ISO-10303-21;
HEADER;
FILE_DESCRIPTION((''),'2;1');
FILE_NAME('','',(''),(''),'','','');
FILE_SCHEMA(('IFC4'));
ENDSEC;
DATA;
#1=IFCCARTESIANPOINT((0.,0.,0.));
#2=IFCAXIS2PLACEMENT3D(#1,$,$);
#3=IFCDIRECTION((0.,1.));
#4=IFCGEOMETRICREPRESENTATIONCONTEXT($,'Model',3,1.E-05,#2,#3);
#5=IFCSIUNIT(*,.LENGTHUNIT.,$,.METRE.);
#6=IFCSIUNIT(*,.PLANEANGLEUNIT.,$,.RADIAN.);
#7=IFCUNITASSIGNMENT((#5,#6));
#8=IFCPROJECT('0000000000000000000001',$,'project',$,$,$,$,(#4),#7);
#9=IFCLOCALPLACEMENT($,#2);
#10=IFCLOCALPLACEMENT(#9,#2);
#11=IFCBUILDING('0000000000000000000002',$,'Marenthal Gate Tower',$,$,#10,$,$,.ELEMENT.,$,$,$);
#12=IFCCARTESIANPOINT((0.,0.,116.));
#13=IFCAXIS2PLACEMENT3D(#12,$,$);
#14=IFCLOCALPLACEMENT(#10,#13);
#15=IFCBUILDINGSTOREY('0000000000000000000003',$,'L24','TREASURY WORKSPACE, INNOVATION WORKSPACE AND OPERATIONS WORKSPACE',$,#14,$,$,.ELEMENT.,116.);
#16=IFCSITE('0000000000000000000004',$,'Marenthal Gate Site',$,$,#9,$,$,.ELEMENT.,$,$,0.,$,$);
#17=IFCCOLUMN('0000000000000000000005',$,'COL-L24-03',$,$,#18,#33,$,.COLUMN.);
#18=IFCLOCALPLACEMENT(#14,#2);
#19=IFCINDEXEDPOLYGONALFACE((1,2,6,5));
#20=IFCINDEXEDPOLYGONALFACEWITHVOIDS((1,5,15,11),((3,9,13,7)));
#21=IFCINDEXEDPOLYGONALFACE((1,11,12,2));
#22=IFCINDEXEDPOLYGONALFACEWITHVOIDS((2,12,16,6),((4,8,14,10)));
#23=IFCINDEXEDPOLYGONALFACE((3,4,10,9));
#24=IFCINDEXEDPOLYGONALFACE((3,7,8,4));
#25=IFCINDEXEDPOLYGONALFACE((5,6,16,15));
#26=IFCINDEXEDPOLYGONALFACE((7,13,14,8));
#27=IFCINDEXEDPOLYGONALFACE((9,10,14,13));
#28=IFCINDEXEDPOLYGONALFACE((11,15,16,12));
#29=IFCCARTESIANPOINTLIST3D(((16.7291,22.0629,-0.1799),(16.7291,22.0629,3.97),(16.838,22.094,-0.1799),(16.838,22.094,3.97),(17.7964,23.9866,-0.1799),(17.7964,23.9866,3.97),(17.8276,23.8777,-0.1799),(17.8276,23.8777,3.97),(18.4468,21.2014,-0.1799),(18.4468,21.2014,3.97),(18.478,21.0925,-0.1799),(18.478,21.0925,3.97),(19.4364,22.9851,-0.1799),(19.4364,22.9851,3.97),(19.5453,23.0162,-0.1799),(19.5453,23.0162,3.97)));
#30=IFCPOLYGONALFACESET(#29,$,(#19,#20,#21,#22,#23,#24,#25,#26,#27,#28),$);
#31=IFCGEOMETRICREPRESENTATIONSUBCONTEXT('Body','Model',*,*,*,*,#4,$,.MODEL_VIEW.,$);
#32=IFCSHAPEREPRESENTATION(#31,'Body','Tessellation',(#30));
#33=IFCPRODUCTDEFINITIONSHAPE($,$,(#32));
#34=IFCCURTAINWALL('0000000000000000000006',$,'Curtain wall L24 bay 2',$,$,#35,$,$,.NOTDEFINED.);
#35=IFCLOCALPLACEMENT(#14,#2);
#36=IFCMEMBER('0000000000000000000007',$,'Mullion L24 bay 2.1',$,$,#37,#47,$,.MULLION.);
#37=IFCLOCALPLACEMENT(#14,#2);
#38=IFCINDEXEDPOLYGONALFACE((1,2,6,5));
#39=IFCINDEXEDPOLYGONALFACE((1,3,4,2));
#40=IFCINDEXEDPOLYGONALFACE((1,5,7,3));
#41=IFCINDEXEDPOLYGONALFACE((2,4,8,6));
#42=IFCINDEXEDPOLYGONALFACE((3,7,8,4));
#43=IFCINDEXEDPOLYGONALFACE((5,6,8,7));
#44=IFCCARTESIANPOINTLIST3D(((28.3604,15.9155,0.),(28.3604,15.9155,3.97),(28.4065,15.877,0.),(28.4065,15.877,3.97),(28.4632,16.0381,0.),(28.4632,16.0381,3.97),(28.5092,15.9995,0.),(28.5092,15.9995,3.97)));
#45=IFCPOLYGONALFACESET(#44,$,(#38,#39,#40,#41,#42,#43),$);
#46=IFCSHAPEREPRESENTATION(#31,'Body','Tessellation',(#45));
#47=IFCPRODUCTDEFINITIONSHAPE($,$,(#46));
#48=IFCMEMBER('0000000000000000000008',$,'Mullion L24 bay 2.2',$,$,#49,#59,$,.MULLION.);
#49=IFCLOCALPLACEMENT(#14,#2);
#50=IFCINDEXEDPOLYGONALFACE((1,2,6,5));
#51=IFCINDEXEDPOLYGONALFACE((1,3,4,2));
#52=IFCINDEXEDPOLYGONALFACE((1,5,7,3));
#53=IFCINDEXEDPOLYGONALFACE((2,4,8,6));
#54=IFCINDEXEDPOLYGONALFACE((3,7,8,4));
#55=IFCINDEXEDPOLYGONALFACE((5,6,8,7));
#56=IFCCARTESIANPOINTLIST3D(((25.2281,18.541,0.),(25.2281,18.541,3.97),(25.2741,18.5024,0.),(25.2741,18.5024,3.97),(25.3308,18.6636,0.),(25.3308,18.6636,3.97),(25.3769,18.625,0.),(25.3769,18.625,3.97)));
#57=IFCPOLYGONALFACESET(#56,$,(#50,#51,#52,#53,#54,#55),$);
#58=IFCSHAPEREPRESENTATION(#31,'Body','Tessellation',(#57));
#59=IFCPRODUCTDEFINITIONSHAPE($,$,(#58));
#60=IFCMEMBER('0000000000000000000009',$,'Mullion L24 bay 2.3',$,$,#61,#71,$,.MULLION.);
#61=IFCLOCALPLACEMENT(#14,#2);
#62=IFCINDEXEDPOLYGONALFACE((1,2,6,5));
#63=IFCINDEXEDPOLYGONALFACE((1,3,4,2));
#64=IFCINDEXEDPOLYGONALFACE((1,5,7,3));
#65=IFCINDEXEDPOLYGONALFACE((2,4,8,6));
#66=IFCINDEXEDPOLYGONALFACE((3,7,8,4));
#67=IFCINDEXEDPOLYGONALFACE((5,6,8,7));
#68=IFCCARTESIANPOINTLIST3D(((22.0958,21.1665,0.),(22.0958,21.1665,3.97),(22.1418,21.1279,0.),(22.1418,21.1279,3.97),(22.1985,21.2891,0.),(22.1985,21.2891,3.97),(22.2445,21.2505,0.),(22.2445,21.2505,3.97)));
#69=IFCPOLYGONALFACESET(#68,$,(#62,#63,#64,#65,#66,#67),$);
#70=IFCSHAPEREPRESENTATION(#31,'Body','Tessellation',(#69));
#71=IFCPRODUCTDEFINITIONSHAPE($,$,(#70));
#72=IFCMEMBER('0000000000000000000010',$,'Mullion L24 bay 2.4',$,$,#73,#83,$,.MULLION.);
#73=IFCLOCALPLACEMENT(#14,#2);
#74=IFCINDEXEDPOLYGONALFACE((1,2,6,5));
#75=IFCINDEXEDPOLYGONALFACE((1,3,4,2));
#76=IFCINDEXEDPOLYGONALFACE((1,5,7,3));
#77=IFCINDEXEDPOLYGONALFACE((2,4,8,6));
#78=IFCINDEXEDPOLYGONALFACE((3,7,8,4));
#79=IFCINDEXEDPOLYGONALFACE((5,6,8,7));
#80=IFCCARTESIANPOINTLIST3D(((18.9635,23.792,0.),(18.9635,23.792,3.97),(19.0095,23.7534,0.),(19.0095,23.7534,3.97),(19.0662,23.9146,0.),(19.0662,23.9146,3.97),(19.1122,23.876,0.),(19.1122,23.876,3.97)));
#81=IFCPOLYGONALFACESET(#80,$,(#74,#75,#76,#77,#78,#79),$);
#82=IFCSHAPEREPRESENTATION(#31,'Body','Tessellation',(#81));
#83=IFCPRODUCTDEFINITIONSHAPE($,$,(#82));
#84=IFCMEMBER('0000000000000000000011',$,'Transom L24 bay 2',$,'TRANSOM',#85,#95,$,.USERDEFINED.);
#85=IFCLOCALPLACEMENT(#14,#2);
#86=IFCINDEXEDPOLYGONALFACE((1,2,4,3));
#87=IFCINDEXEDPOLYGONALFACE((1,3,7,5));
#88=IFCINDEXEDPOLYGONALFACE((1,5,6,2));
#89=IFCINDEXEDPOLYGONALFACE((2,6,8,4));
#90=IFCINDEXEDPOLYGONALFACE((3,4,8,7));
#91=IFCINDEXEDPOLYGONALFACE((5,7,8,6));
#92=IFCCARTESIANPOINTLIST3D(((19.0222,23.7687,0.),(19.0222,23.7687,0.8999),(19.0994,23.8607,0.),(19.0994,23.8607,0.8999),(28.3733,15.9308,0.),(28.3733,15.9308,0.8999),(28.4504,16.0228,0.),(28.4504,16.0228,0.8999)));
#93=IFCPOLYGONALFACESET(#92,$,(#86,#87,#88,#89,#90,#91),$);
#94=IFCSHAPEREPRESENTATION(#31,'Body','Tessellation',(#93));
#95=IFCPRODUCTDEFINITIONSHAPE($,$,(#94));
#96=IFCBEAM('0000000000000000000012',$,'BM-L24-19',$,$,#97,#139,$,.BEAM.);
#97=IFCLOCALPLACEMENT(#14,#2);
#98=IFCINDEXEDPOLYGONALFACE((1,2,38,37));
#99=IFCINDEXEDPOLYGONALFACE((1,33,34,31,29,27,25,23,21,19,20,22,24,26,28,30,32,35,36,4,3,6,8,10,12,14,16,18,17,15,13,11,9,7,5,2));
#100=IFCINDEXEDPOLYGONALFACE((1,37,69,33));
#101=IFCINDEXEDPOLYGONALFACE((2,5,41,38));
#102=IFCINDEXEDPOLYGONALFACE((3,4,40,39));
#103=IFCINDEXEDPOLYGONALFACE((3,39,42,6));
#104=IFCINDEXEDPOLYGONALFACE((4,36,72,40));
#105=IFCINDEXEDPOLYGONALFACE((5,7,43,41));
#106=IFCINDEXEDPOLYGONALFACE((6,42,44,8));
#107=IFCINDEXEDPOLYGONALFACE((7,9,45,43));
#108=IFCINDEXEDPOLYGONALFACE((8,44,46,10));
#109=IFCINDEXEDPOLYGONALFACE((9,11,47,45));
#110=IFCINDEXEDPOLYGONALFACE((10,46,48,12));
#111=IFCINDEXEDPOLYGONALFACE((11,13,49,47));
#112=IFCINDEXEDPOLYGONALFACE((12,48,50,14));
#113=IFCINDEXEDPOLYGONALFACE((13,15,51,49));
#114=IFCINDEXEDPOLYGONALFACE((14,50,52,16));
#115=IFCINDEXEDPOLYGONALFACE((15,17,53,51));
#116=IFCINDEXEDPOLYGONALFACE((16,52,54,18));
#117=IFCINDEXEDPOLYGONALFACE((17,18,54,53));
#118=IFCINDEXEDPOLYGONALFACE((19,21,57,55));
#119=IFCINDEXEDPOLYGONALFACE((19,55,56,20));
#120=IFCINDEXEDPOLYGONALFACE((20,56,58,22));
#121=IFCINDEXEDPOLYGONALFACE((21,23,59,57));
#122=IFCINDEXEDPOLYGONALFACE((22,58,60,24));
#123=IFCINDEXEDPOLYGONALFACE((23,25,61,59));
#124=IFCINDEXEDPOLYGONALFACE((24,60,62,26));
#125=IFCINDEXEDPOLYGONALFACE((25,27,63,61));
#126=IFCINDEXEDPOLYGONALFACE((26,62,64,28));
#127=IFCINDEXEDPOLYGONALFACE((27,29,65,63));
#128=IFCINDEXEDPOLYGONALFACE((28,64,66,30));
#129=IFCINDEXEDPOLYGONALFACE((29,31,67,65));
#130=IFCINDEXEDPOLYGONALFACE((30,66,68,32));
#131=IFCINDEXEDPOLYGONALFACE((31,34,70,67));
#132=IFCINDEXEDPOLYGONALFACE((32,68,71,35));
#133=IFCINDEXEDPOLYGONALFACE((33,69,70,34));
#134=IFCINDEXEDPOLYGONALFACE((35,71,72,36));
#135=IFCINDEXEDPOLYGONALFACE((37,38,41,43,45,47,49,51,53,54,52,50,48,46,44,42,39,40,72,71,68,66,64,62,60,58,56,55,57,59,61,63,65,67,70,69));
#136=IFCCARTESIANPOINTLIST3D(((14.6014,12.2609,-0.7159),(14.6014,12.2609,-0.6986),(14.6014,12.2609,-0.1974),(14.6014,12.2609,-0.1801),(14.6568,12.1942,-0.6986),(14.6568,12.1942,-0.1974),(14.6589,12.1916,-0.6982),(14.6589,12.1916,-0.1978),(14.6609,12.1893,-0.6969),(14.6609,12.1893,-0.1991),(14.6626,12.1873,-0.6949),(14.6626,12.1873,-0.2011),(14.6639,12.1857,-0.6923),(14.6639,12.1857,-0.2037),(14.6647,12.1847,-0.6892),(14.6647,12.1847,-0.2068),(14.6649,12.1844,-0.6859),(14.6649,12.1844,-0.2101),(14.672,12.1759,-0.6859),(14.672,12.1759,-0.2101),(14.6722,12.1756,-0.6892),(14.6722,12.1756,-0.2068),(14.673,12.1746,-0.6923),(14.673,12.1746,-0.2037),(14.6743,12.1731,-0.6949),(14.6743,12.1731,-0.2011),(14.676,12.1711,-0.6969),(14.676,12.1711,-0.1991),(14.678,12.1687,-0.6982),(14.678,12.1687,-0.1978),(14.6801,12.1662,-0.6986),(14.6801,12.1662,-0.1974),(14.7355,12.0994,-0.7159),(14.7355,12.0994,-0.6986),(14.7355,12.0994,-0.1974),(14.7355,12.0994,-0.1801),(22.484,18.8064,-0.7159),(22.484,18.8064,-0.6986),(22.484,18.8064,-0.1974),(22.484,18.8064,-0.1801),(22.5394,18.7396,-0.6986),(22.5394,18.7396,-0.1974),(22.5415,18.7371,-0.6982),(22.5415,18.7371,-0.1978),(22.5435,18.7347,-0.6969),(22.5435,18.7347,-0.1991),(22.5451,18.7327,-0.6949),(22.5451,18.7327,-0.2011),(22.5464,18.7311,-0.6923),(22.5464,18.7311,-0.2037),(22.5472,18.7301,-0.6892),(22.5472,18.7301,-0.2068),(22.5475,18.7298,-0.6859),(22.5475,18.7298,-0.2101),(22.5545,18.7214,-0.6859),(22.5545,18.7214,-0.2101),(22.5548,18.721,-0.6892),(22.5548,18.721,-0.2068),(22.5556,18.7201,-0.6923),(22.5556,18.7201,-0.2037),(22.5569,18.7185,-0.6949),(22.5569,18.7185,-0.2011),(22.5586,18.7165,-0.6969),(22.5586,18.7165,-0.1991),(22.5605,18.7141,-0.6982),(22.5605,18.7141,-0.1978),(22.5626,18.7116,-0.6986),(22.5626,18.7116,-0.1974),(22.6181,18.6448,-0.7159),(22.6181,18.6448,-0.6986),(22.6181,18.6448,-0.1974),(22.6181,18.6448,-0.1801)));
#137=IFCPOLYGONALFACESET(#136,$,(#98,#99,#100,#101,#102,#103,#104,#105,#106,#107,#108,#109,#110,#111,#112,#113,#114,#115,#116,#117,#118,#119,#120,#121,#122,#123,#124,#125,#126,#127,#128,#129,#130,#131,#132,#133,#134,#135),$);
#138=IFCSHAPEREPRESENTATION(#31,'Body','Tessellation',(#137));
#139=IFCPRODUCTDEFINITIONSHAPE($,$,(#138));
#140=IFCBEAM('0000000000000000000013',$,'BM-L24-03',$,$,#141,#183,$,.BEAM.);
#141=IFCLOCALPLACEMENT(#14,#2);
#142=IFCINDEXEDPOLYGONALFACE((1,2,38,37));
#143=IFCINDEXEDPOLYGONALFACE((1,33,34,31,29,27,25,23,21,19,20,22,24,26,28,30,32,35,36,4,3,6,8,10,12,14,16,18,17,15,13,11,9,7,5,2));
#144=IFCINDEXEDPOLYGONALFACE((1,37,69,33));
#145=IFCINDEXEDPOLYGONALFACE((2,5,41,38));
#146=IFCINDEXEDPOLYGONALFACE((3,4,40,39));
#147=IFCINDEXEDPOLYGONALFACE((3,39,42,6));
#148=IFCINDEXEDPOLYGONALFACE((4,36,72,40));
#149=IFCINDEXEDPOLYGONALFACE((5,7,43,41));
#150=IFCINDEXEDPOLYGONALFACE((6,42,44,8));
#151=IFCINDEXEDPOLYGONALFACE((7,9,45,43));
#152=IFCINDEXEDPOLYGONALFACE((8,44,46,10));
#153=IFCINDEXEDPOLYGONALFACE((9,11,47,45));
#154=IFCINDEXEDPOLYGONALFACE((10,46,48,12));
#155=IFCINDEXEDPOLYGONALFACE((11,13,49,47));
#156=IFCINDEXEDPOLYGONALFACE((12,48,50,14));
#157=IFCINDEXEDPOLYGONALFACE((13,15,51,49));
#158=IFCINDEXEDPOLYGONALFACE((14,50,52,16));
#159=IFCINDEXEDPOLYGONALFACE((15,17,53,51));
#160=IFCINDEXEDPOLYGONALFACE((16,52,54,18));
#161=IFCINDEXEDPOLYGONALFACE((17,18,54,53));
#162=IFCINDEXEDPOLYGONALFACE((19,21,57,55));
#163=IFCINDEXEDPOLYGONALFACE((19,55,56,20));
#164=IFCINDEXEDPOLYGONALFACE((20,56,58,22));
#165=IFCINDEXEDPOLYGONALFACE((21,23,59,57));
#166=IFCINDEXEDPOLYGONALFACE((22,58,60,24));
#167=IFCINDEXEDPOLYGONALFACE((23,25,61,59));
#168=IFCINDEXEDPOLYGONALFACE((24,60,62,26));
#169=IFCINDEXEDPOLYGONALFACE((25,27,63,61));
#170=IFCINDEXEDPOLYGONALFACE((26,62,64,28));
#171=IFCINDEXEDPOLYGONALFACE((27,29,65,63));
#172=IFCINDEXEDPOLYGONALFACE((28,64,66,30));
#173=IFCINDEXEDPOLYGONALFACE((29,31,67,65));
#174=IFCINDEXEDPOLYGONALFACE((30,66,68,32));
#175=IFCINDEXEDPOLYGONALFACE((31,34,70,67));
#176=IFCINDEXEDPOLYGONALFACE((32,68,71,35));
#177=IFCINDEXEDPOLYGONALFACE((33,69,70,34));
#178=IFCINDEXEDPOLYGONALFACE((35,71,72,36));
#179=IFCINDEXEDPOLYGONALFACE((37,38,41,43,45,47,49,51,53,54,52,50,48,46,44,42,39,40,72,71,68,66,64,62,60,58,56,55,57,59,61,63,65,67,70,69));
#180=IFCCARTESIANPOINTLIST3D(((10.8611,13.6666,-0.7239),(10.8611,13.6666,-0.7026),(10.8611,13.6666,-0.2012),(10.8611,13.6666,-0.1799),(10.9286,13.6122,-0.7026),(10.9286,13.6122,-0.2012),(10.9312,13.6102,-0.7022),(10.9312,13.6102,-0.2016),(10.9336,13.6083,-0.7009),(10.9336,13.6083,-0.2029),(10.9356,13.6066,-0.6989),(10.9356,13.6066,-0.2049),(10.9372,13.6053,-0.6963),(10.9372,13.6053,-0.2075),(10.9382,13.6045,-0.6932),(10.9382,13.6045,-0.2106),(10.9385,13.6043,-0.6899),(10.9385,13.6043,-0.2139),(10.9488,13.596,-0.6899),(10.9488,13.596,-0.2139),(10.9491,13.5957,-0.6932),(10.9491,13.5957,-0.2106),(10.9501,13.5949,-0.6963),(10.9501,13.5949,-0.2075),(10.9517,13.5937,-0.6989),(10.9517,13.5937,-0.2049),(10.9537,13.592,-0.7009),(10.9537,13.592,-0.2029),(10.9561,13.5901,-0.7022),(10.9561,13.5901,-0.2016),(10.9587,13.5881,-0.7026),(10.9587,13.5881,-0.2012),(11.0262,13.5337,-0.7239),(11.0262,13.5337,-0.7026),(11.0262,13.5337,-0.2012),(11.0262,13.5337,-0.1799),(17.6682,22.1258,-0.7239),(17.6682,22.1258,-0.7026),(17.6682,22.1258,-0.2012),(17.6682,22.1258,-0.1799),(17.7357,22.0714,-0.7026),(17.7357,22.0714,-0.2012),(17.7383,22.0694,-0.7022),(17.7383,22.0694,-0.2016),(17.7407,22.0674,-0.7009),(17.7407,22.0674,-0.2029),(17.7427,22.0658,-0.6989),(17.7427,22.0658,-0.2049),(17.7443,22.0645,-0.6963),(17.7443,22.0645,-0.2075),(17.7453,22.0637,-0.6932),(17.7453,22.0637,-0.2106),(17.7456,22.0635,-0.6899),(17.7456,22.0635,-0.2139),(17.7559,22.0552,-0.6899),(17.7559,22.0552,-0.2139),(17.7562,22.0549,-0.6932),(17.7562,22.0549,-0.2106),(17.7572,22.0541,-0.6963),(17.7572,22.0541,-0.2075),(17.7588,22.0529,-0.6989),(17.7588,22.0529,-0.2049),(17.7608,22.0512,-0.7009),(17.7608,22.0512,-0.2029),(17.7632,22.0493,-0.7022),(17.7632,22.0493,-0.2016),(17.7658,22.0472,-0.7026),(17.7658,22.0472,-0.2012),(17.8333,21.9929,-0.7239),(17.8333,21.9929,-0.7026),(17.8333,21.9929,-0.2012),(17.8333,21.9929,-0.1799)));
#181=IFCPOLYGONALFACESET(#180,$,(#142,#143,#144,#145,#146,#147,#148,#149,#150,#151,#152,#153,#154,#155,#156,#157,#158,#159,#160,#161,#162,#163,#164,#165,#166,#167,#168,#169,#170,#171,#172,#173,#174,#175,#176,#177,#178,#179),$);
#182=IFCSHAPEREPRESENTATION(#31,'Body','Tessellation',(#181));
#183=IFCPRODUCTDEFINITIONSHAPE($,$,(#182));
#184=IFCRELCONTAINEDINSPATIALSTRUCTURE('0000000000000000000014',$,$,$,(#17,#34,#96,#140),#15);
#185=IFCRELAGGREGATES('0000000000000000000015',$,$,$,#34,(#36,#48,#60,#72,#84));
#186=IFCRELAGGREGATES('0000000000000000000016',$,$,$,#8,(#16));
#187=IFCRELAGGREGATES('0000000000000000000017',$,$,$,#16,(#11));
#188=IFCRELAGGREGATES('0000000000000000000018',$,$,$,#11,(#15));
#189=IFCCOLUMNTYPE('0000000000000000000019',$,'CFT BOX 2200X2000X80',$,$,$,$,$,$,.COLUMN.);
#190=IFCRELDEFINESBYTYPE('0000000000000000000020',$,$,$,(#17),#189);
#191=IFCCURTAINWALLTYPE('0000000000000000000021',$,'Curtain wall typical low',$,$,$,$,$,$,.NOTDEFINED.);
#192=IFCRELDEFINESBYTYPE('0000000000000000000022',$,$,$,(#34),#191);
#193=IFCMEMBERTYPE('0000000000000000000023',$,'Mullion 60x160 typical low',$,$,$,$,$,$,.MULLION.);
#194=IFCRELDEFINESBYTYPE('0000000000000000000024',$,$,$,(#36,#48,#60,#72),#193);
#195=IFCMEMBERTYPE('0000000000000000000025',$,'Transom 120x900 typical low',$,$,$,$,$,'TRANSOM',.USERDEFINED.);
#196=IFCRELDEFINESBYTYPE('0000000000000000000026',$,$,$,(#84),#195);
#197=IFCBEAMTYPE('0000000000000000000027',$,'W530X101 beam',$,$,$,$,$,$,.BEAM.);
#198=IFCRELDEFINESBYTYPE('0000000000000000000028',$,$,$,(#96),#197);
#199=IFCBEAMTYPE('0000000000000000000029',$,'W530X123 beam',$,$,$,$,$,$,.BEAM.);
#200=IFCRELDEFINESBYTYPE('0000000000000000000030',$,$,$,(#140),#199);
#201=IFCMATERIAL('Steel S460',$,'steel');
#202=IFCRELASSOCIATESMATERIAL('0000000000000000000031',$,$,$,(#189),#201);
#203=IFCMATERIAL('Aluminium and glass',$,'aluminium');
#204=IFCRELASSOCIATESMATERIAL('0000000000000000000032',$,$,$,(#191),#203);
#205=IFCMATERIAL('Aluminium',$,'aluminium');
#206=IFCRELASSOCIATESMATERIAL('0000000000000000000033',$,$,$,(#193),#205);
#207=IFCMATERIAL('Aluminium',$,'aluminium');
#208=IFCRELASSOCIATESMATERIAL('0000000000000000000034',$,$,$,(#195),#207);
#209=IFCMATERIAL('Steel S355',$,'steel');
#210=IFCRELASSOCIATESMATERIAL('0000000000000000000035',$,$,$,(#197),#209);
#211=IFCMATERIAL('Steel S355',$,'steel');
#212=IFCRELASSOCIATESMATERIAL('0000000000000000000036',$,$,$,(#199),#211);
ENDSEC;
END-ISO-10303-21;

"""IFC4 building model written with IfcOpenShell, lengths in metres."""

from ifc_helpers import new_model, si_unit, direction, frame, origin, origin_2d, place, context, subcontext, project, spatial, rectangle, hollow_rectangle, i_section, extrude, material, material_profile, profile_set, type_object, element, aggregate, save


model = new_model("IFC4")

# Units and contexts
model_context = context("Model", 3, precision=1e-05, world=origin(), true_north=direction((0.0, 1.0)))
body_context = subcontext(model_context, "Body", "Model", "MODEL_VIEW")
ifc_project = project(units=[si_unit("LENGTHUNIT", "METRE"), si_unit("PLANEANGLEUNIT", "RADIAN")], contexts=[model_context])

# Site, building, storey
site_placement = place(None, origin())
site = spatial("IfcSite", under=ifc_project, at=site_placement, Name="Marenthal Gate Site", CompositionType="ELEMENT", RefElevation=0.0)
building_placement = place(site_placement, origin())
building = spatial("IfcBuilding", under=site, at=building_placement, Name="Marenthal Gate Tower", CompositionType="ELEMENT")
storey_placement = place(building_placement, frame((0.0, 0.0, 116.0)))
storey = spatial("IfcBuildingStorey", under=building, at=storey_placement, Name="L24", Description="TREASURY WORKSPACE, INNOVATION WORKSPACE AND OPERATIONS WORKSPACE", CompositionType="ELEMENT", Elevation=116.0)

# Column
ifc_material_1 = material(Name="Steel S460", Category="steel")
ifc_material_profile_1 = material_profile(ifc_material_1, hollow_rectangle(XDim=2.0, YDim=2.2, WallThickness=0.0801, at=origin_2d()), Name="CFT BOX 2200X2000X80")
ifc_material_2 = material(Name="Concrete 70 MPa", Category="concrete")
ifc_material_profile_2 = material_profile(ifc_material_2, rectangle(XDim=1.8401, YDim=2.04, at=origin_2d()), Name="CFT BOX 2200X2000X80 INFILL")
ifc_profile_set_1 = profile_set([ifc_material_profile_1, ifc_material_profile_2], Name="Steel S460 shell, Concrete 70 MPa infill")
column_type = type_object("IfcColumnType", Name="CFT BOX 2200X2000X80", PredefinedType="COLUMN", material=ifc_profile_set_1)
column_placement = place(storey_placement, frame((18.1372, 22.5396, -0.1799), z_axis=(0.0, 0.0, 1.0), x_axis=(0.874427, -0.485158, 0.0)))
element("IfcColumn", 1, at=column_placement, inside=storey, type_object=column_type, Name="COL-L24-03", PredefinedType="COLUMN", context=body_context, shape_type="SweptSolid", body=[
    extrude(hollow_rectangle(XDim=2.0, YDim=2.2, WallThickness=0.0801, at=origin_2d()), origin(), (0.0, 0.0, 1.0), 4.1499),
])

# Curtain wall, members
ifc_material_3 = material(Name="Aluminium and glass", Category="aluminium")
curtain_wall_type = type_object("IfcCurtainWallType", Name="Curtain wall typical low", PredefinedType="NOTDEFINED", material=ifc_material_3)
curtain_wall_placement = place(storey_placement, origin())
curtain_wall = element("IfcCurtainWall", 2, at=curtain_wall_placement, inside=storey, type_object=curtain_wall_type, Name="Curtain wall L24 bay 2", PredefinedType="NOTDEFINED")
ifc_material_4 = material(Name="Aluminium", Category="aluminium")
ifc_material_profile_3 = material_profile(ifc_material_4, rectangle(XDim=0.1599, YDim=0.0601, at=origin_2d()), Name="60x160 aluminium mullion")
ifc_profile_set_2 = profile_set([ifc_material_profile_3], Name="Aluminium")
member_type_1 = type_object("IfcMemberType", Name="Mullion 60x160 typical low", PredefinedType="MULLION", material=ifc_profile_set_2)
member_1_placement = place(storey_placement, frame((28.4348, 15.9575, 0.0), z_axis=(0.0, 0.0, 1.0), x_axis=(-0.642377, -0.766389, 0.0)))
member_1 = element("IfcMember", 3, at=member_1_placement, type_object=member_type_1, Name="Mullion L24 bay 2.1", PredefinedType="MULLION", context=body_context, shape_type="SweptSolid", body=[
    extrude(rectangle(XDim=0.1599, YDim=0.0601, at=origin_2d()), origin(), (0.0, 0.0, 1.0), 3.97),
])
member_2_placement = place(storey_placement, frame((25.3025, 18.583, 0.0), z_axis=(0.0, 0.0, 1.0), x_axis=(-0.642377, -0.766389, 0.0)))
member_2 = element("IfcMember", 4, at=member_2_placement, type_object=member_type_1, Name="Mullion L24 bay 2.2", PredefinedType="MULLION", context=body_context, shape_type="SweptSolid", body=[
    extrude(rectangle(XDim=0.1599, YDim=0.0601, at=origin_2d()), origin(), (0.0, 0.0, 1.0), 3.97),
])
member_3_placement = place(storey_placement, frame((22.1702, 21.2085, 0.0), z_axis=(0.0, 0.0, 1.0), x_axis=(-0.642377, -0.766389, 0.0)))
member_3 = element("IfcMember", 5, at=member_3_placement, type_object=member_type_1, Name="Mullion L24 bay 2.3", PredefinedType="MULLION", context=body_context, shape_type="SweptSolid", body=[
    extrude(rectangle(XDim=0.1599, YDim=0.0601, at=origin_2d()), origin(), (0.0, 0.0, 1.0), 3.97),
])
member_4_placement = place(storey_placement, frame((19.0378, 23.834, 0.0), z_axis=(0.0, 0.0, 1.0), x_axis=(-0.642377, -0.766389, 0.0)))
member_4 = element("IfcMember", 6, at=member_4_placement, type_object=member_type_1, Name="Mullion L24 bay 2.4", PredefinedType="MULLION", context=body_context, shape_type="SweptSolid", body=[
    extrude(rectangle(XDim=0.1599, YDim=0.0601, at=origin_2d()), origin(), (0.0, 0.0, 1.0), 3.97),
])
ifc_material_5 = material(Name="Aluminium", Category="aluminium")
ifc_material_profile_4 = material_profile(ifc_material_5, rectangle(XDim=0.1201, YDim=0.8999, at=origin_2d()), Name="120x900 aluminium transom")
ifc_profile_set_3 = profile_set([ifc_material_profile_4], Name="Aluminium")
member_type_2 = type_object("IfcMemberType", Name="Transom 120x900 typical low", ElementType="TRANSOM", PredefinedType="USERDEFINED", material=ifc_profile_set_3)
member_5_placement = place(storey_placement, frame((28.4119, 15.9768, 0.45), z_axis=(-0.766391, 0.642374, 0.0), x_axis=(-0.642374, -0.766391, 0.0)))
member_5 = element("IfcMember", 7, at=member_5_placement, type_object=member_type_2, Name="Transom L24 bay 2", ObjectType="TRANSOM", PredefinedType="USERDEFINED", context=body_context, shape_type="SweptSolid", body=[
    extrude(rectangle(XDim=0.1201, YDim=0.8999, at=origin_2d()), origin(), (0.0, 0.0, 1.0), 12.2014),
])

# Beams
ifc_material_6 = material(Name="Steel S355", Category="steel")
ifc_material_profile_5 = material_profile(ifc_material_6, i_section(OverallWidth=0.21, OverallDepth=0.5359, WebThickness=0.011, FlangeThickness=0.0173, FilletRadius=0.0127, at=origin_2d()), Name="W530X101")
ifc_profile_set_4 = profile_set([ifc_material_profile_5], Name="Steel S355")
beam_type_1 = type_object("IfcBeamType", Name="W530X101 beam", PredefinedType="BEAM", material=ifc_profile_set_4)
beam_1_placement = place(storey_placement, frame((22.551, 18.7256, -0.448), z_axis=(-0.769343, -0.638836, 0.0), x_axis=(0.638836, -0.769343, 0.0)))
element("IfcBeam", 8, at=beam_1_placement, inside=storey, type_object=beam_type_1, Name="BM-L24-19", PredefinedType="BEAM", context=body_context, shape_type="SweptSolid", body=[
    extrude(i_section(OverallWidth=0.21, OverallDepth=0.5359, WebThickness=0.011, FlangeThickness=0.0173, FilletRadius=0.0127, at=origin_2d()), origin(), (0.0, 0.0, 1.0), 10.2458),
])
ifc_material_7 = material(Name="Steel S355", Category="steel")
ifc_material_profile_6 = material_profile(ifc_material_7, i_section(OverallWidth=0.2119, OverallDepth=0.5439, WebThickness=0.0132, FlangeThickness=0.0212, FilletRadius=0.0127, at=origin_2d()), Name="W530X123")
ifc_profile_set_5 = profile_set([ifc_material_profile_6], Name="Steel S355")
beam_type_2 = type_object("IfcBeamType", Name="W530X123 beam", PredefinedType="BEAM", material=ifc_profile_set_5)
beam_2_placement = place(storey_placement, frame((17.7507, 22.0593, -0.4519), z_axis=(-0.626925, -0.77908, 0.0), x_axis=(0.77908, -0.626925, 0.0)))
element("IfcBeam", 9, at=beam_2_placement, inside=storey, type_object=beam_type_2, Name="BM-L24-03", PredefinedType="BEAM", context=body_context, shape_type="SweptSolid", body=[
    extrude(i_section(OverallWidth=0.2119, OverallDepth=0.5439, WebThickness=0.0132, FlangeThickness=0.0212, FilletRadius=0.0127, at=origin_2d()), origin(), (0.0, 0.0, 1.0), 10.8579),
])

aggregate(curtain_wall, [member_1, member_2, member_3, member_4, member_5])

save(model, "model.ifc")
